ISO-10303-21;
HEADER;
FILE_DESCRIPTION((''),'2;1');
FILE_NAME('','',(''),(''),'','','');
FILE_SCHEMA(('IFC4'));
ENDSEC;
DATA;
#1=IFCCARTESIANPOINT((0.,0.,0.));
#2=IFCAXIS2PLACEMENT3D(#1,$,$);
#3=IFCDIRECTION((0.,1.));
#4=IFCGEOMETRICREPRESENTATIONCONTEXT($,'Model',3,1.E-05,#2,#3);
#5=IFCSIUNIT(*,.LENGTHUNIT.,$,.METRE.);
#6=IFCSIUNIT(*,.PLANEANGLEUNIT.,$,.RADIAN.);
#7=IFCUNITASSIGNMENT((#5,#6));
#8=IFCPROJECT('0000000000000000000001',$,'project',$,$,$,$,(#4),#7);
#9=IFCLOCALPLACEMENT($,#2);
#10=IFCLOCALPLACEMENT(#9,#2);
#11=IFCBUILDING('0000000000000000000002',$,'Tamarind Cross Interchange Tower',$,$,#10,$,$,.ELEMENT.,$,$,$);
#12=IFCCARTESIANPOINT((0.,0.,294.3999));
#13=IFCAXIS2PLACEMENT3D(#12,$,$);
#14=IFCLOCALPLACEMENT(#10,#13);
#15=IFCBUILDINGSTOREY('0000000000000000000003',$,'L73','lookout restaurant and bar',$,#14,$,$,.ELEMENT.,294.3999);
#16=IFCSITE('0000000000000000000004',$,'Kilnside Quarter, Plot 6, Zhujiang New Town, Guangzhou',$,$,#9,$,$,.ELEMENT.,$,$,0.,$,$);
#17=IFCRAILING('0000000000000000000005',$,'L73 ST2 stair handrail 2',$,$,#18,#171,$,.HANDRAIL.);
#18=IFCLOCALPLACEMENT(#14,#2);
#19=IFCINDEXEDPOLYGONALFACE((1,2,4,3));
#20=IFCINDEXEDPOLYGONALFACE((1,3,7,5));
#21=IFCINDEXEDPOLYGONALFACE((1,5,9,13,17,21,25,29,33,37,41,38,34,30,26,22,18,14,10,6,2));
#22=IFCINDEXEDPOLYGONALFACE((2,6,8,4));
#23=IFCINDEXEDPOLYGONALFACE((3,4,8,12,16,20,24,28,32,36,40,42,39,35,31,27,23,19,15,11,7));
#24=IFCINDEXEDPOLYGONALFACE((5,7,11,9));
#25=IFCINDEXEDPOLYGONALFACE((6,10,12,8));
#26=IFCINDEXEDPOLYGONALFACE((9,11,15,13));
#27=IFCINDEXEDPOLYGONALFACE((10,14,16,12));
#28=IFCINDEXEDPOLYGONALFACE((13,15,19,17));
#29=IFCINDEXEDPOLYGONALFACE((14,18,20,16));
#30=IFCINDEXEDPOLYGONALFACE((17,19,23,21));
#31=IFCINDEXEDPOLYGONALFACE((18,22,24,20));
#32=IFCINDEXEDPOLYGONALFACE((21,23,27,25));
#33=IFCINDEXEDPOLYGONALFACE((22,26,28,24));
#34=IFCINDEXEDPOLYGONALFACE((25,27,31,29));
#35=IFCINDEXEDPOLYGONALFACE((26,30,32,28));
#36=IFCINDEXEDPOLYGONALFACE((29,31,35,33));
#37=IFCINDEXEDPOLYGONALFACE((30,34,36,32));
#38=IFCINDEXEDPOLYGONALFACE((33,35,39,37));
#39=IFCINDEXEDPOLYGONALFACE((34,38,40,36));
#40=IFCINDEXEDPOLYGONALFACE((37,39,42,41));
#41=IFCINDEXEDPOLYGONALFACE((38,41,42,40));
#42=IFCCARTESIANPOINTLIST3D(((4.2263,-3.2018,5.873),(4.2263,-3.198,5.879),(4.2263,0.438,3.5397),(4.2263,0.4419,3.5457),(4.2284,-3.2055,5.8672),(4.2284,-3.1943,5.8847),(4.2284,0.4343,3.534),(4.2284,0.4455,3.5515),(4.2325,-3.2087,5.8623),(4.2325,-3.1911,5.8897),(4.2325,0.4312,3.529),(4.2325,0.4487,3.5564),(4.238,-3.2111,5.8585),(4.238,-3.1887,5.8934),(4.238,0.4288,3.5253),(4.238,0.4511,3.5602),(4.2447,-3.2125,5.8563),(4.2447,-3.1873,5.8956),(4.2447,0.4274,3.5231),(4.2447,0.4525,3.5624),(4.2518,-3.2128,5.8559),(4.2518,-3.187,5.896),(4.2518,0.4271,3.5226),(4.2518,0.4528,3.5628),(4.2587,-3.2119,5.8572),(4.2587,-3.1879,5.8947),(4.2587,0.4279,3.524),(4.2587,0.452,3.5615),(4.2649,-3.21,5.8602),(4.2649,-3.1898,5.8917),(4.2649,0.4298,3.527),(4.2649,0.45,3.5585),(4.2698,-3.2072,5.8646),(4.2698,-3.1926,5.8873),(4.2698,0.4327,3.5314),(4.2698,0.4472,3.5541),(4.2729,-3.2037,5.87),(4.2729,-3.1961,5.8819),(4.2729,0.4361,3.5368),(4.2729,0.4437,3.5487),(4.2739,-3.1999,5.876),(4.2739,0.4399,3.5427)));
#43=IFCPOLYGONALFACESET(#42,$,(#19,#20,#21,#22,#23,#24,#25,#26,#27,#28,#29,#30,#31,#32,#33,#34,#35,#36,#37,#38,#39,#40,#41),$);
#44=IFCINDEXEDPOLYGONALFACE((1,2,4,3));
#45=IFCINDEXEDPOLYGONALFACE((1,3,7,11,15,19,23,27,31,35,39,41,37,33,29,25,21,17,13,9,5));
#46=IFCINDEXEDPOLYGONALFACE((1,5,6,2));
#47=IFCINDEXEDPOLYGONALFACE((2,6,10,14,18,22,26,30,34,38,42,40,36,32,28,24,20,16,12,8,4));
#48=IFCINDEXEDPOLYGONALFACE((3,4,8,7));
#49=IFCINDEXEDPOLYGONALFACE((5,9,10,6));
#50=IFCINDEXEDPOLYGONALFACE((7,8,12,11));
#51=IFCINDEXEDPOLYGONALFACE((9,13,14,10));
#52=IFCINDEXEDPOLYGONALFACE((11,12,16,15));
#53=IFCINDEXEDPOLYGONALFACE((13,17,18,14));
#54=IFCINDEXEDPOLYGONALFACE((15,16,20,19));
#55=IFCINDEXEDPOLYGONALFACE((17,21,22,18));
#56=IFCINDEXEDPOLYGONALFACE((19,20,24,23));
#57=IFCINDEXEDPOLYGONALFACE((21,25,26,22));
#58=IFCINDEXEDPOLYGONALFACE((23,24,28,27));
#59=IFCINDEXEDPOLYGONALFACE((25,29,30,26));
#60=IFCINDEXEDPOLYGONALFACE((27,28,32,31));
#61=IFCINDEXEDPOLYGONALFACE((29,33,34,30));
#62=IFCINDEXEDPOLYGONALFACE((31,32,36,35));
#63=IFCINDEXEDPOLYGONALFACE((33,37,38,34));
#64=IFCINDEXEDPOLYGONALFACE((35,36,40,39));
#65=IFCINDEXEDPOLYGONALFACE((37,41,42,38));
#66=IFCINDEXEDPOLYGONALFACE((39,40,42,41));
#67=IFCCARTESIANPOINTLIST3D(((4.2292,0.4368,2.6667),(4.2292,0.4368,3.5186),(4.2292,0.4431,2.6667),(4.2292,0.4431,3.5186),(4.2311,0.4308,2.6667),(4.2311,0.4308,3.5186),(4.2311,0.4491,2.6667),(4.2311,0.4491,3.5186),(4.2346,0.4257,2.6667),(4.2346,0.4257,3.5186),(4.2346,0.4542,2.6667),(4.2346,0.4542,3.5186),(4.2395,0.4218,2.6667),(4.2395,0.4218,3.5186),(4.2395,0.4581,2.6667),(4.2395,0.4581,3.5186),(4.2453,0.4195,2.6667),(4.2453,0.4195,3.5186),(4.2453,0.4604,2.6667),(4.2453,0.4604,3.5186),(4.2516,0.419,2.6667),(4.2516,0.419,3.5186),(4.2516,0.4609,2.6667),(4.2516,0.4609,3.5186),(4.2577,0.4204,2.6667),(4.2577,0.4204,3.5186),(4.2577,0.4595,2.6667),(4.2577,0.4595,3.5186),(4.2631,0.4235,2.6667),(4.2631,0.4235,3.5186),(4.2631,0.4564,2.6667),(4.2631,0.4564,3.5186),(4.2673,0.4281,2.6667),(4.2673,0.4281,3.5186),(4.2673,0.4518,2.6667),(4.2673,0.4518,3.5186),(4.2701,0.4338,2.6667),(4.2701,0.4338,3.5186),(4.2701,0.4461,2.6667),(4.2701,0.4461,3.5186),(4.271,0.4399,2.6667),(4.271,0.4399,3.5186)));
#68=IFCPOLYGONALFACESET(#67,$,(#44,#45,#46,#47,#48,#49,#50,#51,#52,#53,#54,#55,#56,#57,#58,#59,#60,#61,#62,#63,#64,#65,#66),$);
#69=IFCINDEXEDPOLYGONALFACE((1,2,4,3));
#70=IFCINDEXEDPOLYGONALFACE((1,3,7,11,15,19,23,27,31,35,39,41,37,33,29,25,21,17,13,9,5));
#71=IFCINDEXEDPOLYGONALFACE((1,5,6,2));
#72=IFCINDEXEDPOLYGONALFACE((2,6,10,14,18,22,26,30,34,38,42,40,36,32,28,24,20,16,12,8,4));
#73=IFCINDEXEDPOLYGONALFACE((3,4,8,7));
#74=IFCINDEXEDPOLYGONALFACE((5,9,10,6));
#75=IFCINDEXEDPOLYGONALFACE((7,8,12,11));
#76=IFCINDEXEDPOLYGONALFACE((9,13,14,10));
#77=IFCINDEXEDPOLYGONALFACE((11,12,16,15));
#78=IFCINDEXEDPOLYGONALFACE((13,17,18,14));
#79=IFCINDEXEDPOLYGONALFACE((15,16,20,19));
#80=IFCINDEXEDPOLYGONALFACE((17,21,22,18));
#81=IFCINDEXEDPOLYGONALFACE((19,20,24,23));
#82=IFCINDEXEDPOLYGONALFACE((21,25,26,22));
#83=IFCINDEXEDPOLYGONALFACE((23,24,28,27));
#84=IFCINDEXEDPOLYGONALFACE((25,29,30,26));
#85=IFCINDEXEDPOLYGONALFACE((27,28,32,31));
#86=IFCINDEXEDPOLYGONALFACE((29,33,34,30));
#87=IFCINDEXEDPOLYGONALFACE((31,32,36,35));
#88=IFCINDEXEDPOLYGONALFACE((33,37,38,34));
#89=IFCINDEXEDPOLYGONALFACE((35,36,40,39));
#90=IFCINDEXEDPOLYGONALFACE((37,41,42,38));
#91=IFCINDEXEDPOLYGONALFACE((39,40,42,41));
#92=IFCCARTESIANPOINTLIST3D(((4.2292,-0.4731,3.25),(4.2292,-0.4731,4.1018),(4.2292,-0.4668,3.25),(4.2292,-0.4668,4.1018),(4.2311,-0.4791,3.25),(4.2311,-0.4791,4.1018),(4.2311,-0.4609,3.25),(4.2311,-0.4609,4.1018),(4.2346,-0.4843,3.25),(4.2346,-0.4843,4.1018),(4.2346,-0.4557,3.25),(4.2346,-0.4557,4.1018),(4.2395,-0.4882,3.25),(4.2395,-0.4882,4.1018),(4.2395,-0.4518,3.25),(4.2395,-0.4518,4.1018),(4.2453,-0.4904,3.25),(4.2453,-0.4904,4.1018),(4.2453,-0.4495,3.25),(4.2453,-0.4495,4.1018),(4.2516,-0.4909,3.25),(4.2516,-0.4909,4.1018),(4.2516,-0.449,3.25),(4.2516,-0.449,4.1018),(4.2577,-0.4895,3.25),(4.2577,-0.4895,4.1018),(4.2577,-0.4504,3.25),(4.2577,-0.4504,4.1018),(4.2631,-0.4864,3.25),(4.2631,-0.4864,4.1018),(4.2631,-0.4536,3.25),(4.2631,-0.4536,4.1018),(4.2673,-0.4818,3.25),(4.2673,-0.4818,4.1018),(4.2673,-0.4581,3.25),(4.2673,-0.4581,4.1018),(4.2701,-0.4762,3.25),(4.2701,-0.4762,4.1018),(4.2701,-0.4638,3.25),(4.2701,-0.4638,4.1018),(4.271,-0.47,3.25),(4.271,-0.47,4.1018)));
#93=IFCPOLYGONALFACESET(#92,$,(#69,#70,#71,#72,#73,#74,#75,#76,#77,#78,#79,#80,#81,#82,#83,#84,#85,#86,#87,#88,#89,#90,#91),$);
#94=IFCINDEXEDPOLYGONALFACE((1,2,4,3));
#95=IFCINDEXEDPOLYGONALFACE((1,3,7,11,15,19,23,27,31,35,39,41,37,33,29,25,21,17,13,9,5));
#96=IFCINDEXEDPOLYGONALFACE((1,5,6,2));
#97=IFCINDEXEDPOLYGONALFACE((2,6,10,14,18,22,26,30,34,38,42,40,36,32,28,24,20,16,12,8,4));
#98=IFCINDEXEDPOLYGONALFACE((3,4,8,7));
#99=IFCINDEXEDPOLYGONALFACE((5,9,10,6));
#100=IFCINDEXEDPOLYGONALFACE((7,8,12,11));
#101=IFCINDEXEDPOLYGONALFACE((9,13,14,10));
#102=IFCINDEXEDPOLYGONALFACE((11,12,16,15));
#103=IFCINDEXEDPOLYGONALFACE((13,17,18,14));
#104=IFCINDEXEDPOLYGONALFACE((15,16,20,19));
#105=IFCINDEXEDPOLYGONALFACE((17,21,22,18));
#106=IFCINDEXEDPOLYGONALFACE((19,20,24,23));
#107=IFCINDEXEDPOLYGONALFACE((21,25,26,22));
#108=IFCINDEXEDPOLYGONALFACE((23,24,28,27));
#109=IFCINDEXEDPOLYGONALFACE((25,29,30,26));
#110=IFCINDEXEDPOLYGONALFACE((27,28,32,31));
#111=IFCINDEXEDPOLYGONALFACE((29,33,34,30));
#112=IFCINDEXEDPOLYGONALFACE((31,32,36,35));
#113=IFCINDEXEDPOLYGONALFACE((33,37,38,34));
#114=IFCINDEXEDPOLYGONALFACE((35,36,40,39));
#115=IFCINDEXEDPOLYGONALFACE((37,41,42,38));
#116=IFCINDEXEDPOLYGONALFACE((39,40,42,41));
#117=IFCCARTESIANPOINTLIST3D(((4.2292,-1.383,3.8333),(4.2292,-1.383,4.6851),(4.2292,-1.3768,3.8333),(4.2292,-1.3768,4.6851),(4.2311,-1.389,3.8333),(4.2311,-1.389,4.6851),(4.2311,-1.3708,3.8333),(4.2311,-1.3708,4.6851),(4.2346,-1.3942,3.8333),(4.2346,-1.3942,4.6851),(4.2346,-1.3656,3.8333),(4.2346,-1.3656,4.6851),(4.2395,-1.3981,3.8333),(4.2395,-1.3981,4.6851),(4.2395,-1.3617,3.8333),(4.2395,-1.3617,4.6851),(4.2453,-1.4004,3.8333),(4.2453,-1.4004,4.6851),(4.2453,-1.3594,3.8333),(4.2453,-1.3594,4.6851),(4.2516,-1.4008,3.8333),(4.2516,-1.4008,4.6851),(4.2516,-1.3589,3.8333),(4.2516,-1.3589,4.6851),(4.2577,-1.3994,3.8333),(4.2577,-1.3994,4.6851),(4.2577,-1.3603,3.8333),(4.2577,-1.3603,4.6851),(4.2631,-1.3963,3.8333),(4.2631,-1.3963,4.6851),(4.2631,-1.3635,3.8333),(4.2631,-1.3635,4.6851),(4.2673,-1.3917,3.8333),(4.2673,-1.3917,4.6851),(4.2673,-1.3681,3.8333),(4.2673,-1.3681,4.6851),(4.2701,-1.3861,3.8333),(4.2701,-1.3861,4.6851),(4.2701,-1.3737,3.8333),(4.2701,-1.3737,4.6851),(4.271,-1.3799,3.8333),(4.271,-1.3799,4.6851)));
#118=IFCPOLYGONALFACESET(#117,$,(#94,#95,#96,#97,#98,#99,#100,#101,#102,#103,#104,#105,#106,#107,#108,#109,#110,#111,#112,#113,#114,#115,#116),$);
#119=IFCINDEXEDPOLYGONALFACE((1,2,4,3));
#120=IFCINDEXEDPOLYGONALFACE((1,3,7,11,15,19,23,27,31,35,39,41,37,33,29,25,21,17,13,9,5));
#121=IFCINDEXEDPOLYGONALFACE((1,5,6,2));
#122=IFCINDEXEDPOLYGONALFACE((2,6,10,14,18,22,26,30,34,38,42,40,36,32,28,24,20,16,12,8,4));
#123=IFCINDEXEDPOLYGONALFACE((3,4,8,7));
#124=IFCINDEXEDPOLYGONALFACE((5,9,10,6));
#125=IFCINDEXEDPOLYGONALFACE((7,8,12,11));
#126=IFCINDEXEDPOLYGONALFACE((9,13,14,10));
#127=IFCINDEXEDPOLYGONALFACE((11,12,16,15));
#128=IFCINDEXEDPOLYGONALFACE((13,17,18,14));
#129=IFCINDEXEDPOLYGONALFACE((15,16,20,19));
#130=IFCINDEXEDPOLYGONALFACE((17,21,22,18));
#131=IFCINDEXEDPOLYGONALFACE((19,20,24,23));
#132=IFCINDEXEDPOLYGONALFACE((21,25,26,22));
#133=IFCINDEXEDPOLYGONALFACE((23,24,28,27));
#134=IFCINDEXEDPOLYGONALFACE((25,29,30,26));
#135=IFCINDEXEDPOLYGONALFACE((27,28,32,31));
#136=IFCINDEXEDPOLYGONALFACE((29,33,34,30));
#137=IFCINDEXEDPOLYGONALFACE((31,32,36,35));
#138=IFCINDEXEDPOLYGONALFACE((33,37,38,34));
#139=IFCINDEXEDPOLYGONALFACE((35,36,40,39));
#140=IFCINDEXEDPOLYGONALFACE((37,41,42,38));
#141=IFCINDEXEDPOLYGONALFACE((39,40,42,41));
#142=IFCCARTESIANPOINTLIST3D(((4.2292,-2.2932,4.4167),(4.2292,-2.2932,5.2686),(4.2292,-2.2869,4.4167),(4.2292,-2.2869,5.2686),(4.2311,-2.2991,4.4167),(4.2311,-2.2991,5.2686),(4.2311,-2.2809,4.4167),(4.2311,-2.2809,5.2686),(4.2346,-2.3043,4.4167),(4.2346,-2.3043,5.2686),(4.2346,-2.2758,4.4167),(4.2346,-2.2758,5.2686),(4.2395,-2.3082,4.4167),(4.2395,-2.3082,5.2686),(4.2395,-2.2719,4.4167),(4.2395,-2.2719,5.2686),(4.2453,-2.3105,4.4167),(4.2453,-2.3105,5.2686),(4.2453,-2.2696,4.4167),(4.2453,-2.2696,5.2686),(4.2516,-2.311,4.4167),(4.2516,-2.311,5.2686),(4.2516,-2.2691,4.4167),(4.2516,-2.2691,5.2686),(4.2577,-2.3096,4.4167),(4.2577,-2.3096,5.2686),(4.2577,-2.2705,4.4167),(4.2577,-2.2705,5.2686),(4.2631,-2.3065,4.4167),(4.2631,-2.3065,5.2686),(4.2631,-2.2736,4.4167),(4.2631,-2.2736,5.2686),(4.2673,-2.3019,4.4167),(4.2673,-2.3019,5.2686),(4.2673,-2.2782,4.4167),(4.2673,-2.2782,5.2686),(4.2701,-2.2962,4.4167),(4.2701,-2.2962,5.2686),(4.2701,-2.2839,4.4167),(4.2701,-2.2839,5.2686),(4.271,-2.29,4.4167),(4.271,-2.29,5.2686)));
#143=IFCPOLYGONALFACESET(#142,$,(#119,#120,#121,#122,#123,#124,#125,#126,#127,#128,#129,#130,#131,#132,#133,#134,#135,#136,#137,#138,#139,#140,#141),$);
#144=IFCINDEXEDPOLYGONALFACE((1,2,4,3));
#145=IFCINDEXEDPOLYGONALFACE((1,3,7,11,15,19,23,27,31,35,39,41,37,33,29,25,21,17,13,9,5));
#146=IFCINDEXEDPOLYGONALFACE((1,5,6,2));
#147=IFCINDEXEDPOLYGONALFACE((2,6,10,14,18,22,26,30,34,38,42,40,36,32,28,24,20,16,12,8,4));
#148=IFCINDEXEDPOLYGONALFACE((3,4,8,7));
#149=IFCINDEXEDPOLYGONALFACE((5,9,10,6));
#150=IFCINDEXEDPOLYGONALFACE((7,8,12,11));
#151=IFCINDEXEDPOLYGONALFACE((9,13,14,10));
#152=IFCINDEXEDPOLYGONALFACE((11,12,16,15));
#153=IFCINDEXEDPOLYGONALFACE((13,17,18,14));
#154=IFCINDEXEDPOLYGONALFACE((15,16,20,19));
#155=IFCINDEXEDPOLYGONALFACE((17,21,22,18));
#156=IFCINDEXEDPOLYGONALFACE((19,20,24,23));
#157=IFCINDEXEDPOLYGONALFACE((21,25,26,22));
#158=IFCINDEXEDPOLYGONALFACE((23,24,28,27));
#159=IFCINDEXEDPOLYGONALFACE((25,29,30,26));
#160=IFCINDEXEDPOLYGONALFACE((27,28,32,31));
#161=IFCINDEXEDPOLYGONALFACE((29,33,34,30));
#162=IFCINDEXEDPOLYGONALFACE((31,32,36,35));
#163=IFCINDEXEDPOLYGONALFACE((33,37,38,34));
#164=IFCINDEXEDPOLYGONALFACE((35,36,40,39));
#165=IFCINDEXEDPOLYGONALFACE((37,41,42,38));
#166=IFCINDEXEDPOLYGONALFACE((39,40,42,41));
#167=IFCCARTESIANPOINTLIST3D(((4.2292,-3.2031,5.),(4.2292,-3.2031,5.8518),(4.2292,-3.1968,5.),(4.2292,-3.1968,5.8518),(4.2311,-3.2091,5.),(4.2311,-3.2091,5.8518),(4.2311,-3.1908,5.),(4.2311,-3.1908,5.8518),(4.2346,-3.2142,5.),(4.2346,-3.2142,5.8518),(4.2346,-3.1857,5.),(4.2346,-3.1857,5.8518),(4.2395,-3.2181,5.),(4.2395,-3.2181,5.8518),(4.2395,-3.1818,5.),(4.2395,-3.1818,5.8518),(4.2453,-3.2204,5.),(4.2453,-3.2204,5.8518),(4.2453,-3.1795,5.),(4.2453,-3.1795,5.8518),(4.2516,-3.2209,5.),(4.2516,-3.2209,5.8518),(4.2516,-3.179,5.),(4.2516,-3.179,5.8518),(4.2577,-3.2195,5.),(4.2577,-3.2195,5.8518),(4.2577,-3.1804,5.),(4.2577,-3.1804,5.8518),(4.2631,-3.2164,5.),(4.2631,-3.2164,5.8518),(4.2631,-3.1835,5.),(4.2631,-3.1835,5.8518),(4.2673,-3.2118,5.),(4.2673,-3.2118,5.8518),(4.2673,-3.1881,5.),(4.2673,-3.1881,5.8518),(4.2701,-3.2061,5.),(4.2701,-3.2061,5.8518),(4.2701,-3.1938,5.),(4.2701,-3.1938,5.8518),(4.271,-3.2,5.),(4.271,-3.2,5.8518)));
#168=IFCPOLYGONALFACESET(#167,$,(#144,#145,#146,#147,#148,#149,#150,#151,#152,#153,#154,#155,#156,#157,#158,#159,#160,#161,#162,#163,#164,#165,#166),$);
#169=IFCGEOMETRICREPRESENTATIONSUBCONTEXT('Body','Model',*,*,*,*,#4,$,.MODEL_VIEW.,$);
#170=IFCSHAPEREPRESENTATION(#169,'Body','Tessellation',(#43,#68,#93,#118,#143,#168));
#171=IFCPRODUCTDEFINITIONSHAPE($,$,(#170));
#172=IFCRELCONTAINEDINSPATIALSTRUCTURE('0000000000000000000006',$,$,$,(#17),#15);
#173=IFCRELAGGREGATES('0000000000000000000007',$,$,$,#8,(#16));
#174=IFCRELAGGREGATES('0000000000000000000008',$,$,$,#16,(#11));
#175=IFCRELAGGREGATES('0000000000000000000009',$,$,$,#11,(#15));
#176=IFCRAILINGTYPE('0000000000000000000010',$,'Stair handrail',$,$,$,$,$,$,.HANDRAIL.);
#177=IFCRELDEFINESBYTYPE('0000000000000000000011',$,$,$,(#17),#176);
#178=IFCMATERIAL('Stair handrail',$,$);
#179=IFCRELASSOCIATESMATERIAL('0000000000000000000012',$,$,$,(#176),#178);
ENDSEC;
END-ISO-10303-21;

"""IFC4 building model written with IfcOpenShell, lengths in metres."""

from ifc_helpers import new_model, si_unit, direction, frame, origin, origin_2d, place, context, subcontext, project, spatial, circle, extrude, material, type_object, element, save


model = new_model("IFC4")

# Units and contexts
model_context = context("Model", 3, precision=1e-05, world=origin(), true_north=direction((0.0, 1.0)))
body_context = subcontext(model_context, "Body", "Model", "MODEL_VIEW")
ifc_project = project(units=[si_unit("LENGTHUNIT", "METRE"), si_unit("PLANEANGLEUNIT", "RADIAN")], contexts=[model_context])

# Site, building, storey
site_placement = place(None, origin())
site = spatial("IfcSite", under=ifc_project, at=site_placement, Name="Kilnside Quarter, Plot 6, Zhujiang New Town, Guangzhou", CompositionType="ELEMENT", RefElevation=0.0)
building_placement = place(site_placement, origin())
building = spatial("IfcBuilding", under=site, at=building_placement, Name="Tamarind Cross Interchange Tower", CompositionType="ELEMENT")
storey_placement = place(building_placement, frame((0.0, 0.0, 294.3999)))
storey = spatial("IfcBuildingStorey", under=building, at=storey_placement, Name="L73", Description="lookout restaurant and bar", CompositionType="ELEMENT", Elevation=294.3999)

# Railing
ifc_material_1 = material(Name="Stair handrail")
railing_type_1 = type_object("IfcRailingType", Name="Stair handrail", PredefinedType="HANDRAIL", material=ifc_material_1)
railing_1_placement = place(storey_placement, frame((4.25, 0.4399, 2.6667)))
element("IfcRailing", 1, at=railing_1_placement, inside=storey, type_object=railing_type_1, Name="L73 ST2 stair handrail 2", PredefinedType="HANDRAIL", context=body_context, shape_type="SweptSolid", body=[
    extrude(circle(Radius=0.0239, at=origin_2d()), frame((0.0, 0.0, 0.876), z_axis=(0.0, -0.84188, 0.539664), x_axis=(1.0, 0.0, 0.0)), (0.0, 0.0, 1.0), 4.3235),
    extrude(circle(Radius=0.021, at=origin_2d()), origin(), (0.0, 0.0, 1.0), 0.8518),
    extrude(circle(Radius=0.021, at=origin_2d()), frame((0.0, -0.9099, 0.5833)), (0.0, 0.0, 1.0), 0.8518),
    extrude(circle(Radius=0.021, at=origin_2d()), frame((0.0, -1.8198, 1.1665)), (0.0, 0.0, 1.0), 0.8518),
    extrude(circle(Radius=0.021, at=origin_2d()), frame((0.0, -2.73, 1.75)), (0.0, 0.0, 1.0), 0.8518),
    extrude(circle(Radius=0.021, at=origin_2d()), frame((0.0, -3.6399, 2.3333)), (0.0, 0.0, 1.0), 0.8518),
])

save(model, "model.ifc")
